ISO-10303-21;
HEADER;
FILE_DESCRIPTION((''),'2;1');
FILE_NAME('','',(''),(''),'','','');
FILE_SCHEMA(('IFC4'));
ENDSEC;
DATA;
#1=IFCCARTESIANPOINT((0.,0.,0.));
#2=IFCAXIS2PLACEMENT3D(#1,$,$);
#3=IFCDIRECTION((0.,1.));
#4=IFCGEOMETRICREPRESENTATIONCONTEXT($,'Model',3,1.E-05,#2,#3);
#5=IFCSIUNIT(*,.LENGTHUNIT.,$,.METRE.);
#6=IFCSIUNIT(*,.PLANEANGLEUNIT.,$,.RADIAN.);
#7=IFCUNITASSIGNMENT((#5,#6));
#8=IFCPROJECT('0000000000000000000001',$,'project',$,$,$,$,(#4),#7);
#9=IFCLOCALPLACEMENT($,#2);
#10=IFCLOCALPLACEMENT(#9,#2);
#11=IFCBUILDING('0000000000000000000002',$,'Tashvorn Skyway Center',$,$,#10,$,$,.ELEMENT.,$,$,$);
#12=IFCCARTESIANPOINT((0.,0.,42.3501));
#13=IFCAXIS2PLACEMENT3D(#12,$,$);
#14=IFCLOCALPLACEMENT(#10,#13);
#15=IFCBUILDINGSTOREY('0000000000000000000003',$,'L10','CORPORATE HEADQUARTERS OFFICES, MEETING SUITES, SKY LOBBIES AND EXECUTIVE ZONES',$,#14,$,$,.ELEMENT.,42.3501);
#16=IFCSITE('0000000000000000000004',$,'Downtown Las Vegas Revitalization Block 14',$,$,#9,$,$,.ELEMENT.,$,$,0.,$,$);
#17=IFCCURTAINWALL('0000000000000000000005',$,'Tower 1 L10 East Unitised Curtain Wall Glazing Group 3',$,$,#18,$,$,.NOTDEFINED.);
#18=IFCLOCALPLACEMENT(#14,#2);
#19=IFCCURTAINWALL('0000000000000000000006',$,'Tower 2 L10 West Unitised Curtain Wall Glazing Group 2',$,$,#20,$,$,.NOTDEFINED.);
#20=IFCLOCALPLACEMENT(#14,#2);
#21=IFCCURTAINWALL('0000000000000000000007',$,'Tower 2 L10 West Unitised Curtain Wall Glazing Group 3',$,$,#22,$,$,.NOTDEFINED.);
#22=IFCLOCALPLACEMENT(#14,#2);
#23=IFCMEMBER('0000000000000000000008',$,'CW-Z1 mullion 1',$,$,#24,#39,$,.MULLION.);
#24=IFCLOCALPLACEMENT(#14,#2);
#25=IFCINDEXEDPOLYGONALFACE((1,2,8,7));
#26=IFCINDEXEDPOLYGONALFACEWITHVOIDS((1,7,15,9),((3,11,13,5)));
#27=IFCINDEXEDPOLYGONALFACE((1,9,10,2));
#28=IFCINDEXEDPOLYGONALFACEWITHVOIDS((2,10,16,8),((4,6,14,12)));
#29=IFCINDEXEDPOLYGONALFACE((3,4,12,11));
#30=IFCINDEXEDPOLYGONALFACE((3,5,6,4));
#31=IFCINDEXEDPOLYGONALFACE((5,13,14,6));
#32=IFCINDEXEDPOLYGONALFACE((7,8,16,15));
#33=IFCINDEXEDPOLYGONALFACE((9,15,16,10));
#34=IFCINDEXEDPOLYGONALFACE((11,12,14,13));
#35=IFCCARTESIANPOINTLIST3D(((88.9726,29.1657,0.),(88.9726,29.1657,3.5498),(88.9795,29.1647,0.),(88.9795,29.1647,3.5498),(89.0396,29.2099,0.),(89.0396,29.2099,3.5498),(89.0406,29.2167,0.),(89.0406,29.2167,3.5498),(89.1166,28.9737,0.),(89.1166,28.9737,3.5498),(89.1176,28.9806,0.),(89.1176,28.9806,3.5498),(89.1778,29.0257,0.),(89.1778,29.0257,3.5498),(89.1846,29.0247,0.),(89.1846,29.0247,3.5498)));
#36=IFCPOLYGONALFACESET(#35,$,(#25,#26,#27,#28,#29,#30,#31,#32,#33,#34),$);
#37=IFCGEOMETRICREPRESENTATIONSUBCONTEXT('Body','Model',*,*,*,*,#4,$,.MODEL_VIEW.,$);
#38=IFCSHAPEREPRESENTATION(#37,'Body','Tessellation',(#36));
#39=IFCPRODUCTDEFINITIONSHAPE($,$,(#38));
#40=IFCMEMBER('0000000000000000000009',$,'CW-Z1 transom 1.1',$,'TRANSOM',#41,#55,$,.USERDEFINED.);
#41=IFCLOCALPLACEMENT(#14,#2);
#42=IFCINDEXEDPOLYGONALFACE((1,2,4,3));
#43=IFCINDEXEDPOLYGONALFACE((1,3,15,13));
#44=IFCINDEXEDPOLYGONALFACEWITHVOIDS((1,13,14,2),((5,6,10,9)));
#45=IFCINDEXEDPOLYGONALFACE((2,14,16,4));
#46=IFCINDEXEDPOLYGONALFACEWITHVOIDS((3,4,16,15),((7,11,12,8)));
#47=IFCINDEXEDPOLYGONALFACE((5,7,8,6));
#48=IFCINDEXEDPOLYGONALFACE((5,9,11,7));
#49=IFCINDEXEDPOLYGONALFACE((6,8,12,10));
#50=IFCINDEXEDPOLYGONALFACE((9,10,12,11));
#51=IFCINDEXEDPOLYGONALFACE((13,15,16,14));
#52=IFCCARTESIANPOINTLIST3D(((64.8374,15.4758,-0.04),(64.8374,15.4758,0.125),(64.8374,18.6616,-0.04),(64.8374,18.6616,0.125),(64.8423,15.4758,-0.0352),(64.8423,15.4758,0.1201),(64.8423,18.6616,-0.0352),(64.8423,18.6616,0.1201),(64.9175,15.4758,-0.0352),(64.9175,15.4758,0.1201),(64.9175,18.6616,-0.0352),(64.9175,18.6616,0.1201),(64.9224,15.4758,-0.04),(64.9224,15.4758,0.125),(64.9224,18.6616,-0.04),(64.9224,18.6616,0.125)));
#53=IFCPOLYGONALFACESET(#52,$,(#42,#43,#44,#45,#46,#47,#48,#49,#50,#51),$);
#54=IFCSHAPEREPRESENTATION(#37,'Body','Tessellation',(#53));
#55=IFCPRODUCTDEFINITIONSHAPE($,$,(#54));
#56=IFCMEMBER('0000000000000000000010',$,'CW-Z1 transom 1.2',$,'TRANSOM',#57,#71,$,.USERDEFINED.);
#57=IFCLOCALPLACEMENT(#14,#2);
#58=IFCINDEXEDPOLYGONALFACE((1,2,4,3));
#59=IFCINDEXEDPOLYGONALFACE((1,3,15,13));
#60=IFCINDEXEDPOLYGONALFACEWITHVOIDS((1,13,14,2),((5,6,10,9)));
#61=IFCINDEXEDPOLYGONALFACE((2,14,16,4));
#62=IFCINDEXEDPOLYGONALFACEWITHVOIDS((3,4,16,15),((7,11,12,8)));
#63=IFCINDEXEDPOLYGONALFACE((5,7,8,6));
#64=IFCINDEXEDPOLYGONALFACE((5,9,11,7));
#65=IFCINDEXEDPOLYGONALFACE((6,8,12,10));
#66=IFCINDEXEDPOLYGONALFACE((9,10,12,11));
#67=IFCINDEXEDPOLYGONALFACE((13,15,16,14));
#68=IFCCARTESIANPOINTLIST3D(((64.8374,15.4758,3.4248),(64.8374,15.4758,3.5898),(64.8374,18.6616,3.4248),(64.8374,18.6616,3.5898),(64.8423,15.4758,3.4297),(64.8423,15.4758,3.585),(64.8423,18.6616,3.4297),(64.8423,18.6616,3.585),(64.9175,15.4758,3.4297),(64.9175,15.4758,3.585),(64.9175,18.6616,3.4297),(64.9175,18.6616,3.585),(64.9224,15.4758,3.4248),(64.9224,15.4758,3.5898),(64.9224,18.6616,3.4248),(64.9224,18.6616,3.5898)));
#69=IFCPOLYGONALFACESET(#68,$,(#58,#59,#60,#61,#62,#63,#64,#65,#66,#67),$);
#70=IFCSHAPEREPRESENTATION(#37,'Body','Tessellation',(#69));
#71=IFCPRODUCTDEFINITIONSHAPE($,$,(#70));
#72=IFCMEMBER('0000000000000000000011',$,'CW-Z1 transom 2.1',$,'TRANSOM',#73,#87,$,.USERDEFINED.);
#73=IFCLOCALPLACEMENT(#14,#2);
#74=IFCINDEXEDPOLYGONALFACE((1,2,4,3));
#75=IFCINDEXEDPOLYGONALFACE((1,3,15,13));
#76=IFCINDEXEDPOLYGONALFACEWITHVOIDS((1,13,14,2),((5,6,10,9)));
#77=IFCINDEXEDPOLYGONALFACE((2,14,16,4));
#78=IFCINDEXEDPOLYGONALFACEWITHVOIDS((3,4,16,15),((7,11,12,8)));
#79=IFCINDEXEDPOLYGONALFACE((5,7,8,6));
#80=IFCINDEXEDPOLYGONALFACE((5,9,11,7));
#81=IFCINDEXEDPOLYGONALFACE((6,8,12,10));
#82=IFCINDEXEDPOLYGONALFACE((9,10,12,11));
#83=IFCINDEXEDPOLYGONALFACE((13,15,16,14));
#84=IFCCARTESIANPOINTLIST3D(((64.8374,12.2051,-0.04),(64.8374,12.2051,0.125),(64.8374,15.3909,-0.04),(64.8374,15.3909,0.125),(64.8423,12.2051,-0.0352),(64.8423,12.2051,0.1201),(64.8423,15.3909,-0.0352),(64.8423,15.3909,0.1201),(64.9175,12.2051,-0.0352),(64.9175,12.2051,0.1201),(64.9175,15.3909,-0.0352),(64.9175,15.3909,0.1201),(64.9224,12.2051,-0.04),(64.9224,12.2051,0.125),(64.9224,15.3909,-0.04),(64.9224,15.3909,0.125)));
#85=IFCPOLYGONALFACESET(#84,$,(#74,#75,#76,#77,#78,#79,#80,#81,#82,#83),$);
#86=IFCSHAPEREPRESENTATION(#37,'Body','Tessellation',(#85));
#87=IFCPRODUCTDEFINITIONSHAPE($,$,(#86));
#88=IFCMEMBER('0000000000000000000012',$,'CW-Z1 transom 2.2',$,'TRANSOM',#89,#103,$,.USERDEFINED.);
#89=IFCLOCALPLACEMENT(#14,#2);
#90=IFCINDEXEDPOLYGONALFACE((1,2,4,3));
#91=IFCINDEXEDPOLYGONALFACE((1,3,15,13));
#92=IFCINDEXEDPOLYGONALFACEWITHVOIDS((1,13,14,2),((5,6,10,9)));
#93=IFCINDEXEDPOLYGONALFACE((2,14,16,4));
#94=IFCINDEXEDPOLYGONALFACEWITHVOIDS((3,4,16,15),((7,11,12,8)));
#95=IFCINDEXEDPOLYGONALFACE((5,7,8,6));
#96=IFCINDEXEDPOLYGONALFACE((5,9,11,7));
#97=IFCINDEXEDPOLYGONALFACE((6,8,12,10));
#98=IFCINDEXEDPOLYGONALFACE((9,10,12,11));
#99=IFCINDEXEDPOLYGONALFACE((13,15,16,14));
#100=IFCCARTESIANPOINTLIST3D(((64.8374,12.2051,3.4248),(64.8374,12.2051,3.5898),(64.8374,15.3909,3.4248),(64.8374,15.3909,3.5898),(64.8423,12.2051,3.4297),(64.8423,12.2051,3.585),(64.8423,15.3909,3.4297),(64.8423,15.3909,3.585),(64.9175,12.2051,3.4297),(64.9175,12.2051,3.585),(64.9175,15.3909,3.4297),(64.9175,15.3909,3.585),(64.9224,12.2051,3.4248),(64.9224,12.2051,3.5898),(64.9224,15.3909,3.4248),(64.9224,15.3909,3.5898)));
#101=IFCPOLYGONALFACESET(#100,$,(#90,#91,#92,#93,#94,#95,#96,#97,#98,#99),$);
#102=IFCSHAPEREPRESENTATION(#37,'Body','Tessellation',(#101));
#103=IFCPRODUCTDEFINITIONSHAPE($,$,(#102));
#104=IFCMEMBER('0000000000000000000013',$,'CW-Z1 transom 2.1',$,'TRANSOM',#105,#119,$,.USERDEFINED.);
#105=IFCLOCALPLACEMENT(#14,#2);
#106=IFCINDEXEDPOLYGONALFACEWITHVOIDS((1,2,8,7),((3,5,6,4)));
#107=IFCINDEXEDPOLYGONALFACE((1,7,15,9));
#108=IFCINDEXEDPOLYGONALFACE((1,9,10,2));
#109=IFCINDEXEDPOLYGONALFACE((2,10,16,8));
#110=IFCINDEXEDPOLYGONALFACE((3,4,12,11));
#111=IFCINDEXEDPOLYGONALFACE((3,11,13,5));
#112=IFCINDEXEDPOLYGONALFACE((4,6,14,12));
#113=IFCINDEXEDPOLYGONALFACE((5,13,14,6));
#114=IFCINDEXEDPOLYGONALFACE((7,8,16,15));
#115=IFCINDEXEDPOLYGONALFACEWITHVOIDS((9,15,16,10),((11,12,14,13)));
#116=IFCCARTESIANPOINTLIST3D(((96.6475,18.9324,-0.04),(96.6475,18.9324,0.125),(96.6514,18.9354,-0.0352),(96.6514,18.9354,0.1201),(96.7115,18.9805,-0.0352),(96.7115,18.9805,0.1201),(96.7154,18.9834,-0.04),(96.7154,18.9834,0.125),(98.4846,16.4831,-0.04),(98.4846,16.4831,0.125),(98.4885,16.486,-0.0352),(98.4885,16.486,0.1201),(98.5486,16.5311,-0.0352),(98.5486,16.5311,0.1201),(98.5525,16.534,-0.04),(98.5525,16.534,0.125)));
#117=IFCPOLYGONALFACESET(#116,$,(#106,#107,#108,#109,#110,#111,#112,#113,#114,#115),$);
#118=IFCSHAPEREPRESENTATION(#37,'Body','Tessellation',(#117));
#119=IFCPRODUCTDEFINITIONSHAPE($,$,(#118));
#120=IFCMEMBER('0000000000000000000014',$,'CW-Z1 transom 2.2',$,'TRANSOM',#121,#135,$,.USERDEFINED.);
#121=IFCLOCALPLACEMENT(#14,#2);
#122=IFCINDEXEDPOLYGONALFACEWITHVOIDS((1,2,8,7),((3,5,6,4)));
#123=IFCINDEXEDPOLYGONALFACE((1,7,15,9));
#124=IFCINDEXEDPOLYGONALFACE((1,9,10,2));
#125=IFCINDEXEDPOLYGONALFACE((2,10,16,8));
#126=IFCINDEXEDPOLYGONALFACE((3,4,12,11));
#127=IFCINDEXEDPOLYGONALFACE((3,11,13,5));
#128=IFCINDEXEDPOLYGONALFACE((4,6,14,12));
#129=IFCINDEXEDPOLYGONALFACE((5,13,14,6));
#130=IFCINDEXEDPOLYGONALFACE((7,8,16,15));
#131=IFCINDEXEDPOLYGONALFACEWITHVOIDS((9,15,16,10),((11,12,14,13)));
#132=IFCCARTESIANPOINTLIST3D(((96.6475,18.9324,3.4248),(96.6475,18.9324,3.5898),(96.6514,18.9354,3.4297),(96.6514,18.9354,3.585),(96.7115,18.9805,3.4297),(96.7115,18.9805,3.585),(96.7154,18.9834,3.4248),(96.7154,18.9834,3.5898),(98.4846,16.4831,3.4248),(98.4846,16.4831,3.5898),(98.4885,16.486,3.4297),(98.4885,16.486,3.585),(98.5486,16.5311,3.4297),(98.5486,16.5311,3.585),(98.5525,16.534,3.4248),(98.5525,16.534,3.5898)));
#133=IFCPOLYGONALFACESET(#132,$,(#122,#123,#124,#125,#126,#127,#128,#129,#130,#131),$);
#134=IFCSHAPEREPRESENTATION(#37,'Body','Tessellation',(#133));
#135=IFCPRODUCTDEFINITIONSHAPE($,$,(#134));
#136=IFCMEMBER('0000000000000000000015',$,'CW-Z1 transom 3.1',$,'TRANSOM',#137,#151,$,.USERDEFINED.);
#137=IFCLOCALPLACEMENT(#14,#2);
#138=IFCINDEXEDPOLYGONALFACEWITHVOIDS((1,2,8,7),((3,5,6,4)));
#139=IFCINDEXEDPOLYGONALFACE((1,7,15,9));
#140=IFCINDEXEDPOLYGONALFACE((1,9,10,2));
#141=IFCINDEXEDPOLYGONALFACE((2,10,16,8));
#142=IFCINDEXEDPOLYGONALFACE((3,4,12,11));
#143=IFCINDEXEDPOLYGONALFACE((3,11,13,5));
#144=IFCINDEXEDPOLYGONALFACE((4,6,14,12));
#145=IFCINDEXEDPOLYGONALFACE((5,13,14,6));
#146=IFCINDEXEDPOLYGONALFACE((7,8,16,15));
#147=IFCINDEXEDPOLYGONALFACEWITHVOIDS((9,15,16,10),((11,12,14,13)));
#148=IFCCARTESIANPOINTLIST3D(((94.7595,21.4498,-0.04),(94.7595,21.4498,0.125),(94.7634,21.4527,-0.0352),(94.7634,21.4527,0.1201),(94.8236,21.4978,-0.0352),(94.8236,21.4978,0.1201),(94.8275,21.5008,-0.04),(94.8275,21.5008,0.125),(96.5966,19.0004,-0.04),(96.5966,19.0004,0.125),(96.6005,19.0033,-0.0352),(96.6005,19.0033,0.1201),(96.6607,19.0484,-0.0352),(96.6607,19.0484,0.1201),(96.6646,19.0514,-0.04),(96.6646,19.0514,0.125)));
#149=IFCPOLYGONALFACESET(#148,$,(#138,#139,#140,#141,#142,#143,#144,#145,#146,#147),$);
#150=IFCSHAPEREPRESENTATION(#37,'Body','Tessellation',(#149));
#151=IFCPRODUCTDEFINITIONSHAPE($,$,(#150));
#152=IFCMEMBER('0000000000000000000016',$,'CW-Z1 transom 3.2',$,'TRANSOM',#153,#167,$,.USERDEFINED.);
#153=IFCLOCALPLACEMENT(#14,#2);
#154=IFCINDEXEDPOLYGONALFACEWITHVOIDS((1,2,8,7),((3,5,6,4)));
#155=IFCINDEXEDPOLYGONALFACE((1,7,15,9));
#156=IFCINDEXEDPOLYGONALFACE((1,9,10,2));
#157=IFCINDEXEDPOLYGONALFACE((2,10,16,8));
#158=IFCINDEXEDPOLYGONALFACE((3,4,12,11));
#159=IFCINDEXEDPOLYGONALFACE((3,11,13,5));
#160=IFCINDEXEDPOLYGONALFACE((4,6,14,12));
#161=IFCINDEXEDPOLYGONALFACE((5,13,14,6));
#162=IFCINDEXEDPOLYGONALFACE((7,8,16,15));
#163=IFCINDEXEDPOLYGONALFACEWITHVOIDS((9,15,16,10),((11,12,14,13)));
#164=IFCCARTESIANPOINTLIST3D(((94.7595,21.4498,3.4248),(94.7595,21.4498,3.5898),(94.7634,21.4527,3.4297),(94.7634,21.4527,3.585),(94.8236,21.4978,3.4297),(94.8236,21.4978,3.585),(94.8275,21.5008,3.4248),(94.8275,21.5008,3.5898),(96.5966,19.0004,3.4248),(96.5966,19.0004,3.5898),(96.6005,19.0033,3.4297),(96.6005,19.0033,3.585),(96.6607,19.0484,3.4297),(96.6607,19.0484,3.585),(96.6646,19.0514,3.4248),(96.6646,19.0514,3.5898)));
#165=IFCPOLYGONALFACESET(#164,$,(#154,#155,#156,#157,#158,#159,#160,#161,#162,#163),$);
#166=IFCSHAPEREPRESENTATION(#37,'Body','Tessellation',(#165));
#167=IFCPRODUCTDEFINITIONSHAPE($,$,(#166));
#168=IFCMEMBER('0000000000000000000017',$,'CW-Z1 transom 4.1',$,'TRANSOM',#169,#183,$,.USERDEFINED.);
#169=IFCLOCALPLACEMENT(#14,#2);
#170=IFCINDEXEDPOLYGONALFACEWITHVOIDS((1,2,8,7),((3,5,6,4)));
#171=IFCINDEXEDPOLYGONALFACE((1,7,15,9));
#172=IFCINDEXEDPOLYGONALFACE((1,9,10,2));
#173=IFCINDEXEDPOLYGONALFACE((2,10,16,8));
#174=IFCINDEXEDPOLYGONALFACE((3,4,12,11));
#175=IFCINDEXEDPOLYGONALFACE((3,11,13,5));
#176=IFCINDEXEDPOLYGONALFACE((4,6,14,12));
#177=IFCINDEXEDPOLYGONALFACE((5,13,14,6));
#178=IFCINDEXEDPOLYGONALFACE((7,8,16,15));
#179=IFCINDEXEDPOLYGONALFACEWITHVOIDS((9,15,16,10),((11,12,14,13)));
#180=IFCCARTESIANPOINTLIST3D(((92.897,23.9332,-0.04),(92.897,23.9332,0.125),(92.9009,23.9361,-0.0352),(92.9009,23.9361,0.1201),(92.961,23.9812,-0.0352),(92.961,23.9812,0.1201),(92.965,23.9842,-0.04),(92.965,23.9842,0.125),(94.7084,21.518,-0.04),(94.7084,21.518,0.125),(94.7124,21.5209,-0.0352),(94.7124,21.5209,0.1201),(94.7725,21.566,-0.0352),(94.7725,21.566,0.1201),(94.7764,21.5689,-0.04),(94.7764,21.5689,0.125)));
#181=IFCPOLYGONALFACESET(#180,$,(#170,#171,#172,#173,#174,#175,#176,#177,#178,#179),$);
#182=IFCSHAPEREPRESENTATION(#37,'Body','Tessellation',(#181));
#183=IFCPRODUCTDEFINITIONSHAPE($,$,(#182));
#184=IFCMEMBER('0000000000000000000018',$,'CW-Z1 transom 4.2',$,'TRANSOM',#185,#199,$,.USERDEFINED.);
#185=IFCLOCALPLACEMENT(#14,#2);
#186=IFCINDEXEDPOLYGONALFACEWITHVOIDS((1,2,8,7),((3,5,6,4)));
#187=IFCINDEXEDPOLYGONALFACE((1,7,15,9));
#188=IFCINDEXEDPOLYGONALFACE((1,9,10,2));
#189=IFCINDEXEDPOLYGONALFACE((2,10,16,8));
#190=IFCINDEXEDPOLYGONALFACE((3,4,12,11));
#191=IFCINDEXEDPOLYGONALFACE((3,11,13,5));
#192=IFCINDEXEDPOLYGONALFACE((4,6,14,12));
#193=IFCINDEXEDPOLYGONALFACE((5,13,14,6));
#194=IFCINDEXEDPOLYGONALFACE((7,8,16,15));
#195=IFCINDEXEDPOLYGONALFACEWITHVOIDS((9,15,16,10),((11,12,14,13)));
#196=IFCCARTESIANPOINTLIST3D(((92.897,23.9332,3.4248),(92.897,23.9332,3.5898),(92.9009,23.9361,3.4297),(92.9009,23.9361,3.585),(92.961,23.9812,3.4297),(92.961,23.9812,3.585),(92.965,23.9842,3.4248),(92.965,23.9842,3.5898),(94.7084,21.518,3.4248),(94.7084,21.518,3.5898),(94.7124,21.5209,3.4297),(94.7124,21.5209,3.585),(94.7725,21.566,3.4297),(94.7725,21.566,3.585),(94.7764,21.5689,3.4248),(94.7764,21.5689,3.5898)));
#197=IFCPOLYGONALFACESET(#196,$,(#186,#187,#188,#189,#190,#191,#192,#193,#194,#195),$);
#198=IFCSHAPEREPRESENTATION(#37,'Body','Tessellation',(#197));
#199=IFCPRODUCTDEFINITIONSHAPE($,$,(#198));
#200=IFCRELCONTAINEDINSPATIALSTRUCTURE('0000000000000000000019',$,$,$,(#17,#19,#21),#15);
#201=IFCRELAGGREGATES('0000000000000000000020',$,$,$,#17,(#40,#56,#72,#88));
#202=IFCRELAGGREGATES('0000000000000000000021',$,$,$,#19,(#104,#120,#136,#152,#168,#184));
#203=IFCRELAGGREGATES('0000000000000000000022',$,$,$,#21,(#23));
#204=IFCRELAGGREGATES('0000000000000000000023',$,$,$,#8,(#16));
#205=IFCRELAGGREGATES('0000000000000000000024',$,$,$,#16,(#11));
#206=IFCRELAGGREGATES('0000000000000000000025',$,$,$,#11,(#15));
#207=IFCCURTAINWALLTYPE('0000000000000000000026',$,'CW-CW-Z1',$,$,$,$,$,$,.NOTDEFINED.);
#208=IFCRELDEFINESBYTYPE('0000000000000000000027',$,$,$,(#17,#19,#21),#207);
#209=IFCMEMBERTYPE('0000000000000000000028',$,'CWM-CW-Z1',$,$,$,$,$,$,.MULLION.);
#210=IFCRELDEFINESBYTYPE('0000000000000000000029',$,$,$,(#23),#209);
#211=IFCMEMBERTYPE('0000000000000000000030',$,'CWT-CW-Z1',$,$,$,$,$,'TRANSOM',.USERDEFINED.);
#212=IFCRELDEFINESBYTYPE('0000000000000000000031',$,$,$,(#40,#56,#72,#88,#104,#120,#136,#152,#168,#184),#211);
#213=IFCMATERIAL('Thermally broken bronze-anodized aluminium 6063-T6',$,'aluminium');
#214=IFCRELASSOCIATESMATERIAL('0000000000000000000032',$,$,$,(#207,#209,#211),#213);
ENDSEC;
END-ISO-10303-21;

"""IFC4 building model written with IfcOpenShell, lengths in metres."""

from ifc_helpers import new_model, si_unit, direction, frame, origin, origin_2d, place, context, subcontext, project, spatial, hollow_rectangle, extrude, material, material_profile, profile_set, type_object, element, aggregate, save


model = new_model("IFC4")

# Units and contexts
model_context = context("Model", 3, precision=1e-05, world=origin(), true_north=direction((0.0, 1.0)))
body_context = subcontext(model_context, "Body", "Model", "MODEL_VIEW")
ifc_project = project(units=[si_unit("LENGTHUNIT", "METRE"), si_unit("PLANEANGLEUNIT", "RADIAN")], contexts=[model_context])

# Site, building, storey
site_placement = place(None, origin())
site = spatial("IfcSite", under=ifc_project, at=site_placement, Name="Downtown Las Vegas Revitalization Block 14", CompositionType="ELEMENT", RefElevation=0.0)
building_placement = place(site_placement, origin())
building = spatial("IfcBuilding", under=site, at=building_placement, Name="Tashvorn Skyway Center", CompositionType="ELEMENT")
storey_placement = place(building_placement, frame((0.0, 0.0, 42.3501)))
storey = spatial("IfcBuildingStorey", under=building, at=storey_placement, Name="L10", Description="CORPORATE HEADQUARTERS OFFICES, MEETING SUITES, SKY LOBBIES AND EXECUTIVE ZONES", CompositionType="ELEMENT", Elevation=42.3501)

# Curtain walls
ifc_material_1 = material(Name="Thermally broken bronze-anodized aluminium 6063-T6", Category="aluminium")
curtain_wall_type = type_object("IfcCurtainWallType", Name="CW-CW-Z1", PredefinedType="NOTDEFINED", material=ifc_material_1)
curtain_wall_1_placement = place(storey_placement, origin())
curtain_wall_1 = element("IfcCurtainWall", 1, at=curtain_wall_1_placement, inside=storey, type_object=curtain_wall_type, Name="Tower 1 L10 East Unitised Curtain Wall Glazing Group 3", PredefinedType="NOTDEFINED")
ifc_material_profile_1 = material_profile(ifc_material_1, hollow_rectangle(XDim=0.085, YDim=0.24, WallThickness=0.0049, at=origin_2d()), Name="ALU-MULL-85x240")
ifc_profile_set_1 = profile_set([ifc_material_profile_1], Name="Thermally broken bronze-anodized aluminium 6063-T6")
member_type_1 = type_object("IfcMemberType", Name="CWM-CW-Z1", PredefinedType="MULLION", material=ifc_profile_set_1)
curtain_wall_2_placement = place(storey_placement, origin())
curtain_wall_2 = element("IfcCurtainWall", 2, at=curtain_wall_2_placement, inside=storey, type_object=curtain_wall_type, Name="Tower 2 L10 West Unitised Curtain Wall Glazing Group 2", PredefinedType="NOTDEFINED")

# Curtain wall, member
curtain_wall_3_placement = place(storey_placement, origin())
curtain_wall_3 = element("IfcCurtainWall", 3, at=curtain_wall_3_placement, inside=storey, type_object=curtain_wall_type, Name="Tower 2 L10 West Unitised Curtain Wall Glazing Group 3", PredefinedType="NOTDEFINED")
member_1_placement = place(storey_placement, frame((89.0786, 29.0952, 0.0), z_axis=(0.0, 0.0, 1.0), x_axis=(-0.800002, -0.599997, 0.0)))
member_1 = element("IfcMember", 4, at=member_1_placement, type_object=member_type_1, Name="CW-Z1 mullion 1", PredefinedType="MULLION", context=body_context, shape_type="SweptSolid", body=[
    extrude(hollow_rectangle(XDim=0.085, YDim=0.24, WallThickness=0.0049, at=origin_2d()), origin(), (0.0, 0.0, 1.0), 3.5498),
])

# Members
ifc_material_profile_2 = material_profile(ifc_material_1, hollow_rectangle(XDim=0.085, YDim=0.165, WallThickness=0.0049, at=origin_2d()), Name="ALU-TRAN-85x165")
ifc_profile_set_2 = profile_set([ifc_material_profile_2], Name="Thermally broken bronze-anodized aluminium 6063-T6")
member_type_2 = type_object("IfcMemberType", Name="CWT-CW-Z1", ElementType="TRANSOM", PredefinedType="USERDEFINED", material=ifc_profile_set_2)
member_2_placement = place(storey_placement, frame((64.8799, 18.6616, 0.0425), z_axis=(0.0, -1.0, 0.0), x_axis=(1.0, 0.0, 0.0)))
member_2 = element("IfcMember", 5, at=member_2_placement, type_object=member_type_2, Name="CW-Z1 transom 1.1", ObjectType="TRANSOM", PredefinedType="USERDEFINED", context=body_context, shape_type="SweptSolid", body=[
    extrude(hollow_rectangle(XDim=0.085, YDim=0.165, WallThickness=0.0049, at=origin_2d()), origin(), (0.0, 0.0, 1.0), 3.1858),
])
member_3_placement = place(storey_placement, frame((64.8799, 18.6616, 3.5073), z_axis=(0.0, -1.0, 0.0), x_axis=(1.0, 0.0, 0.0)))
member_3 = element("IfcMember", 6, at=member_3_placement, type_object=member_type_2, Name="CW-Z1 transom 1.2", ObjectType="TRANSOM", PredefinedType="USERDEFINED", context=body_context, shape_type="SweptSolid", body=[
    extrude(hollow_rectangle(XDim=0.085, YDim=0.165, WallThickness=0.0049, at=origin_2d()), origin(), (0.0, 0.0, 1.0), 3.1858),
])
member_4_placement = place(storey_placement, frame((64.8799, 15.3909, 0.0425), z_axis=(0.0, -1.0, 0.0), x_axis=(1.0, 0.0, 0.0)))
member_4 = element("IfcMember", 7, at=member_4_placement, type_object=member_type_2, Name="CW-Z1 transom 2.1", ObjectType="TRANSOM", PredefinedType="USERDEFINED", context=body_context, shape_type="SweptSolid", body=[
    extrude(hollow_rectangle(XDim=0.085, YDim=0.165, WallThickness=0.0049, at=origin_2d()), origin(), (0.0, 0.0, 1.0), 3.1858),
])
member_5_placement = place(storey_placement, frame((64.8799, 15.3909, 3.5073), z_axis=(0.0, -1.0, 0.0), x_axis=(1.0, 0.0, 0.0)))
member_5 = element("IfcMember", 8, at=member_5_placement, type_object=member_type_2, Name="CW-Z1 transom 2.2", ObjectType="TRANSOM", PredefinedType="USERDEFINED", context=body_context, shape_type="SweptSolid", body=[
    extrude(hollow_rectangle(XDim=0.085, YDim=0.165, WallThickness=0.0049, at=origin_2d()), origin(), (0.0, 0.0, 1.0), 3.1858),
])
member_6_placement = place(storey_placement, frame((98.5186, 16.5085, 0.0425), z_axis=(-0.600013, 0.79999, 0.0), x_axis=(-0.79999, -0.600013, 0.0)))
member_6 = element("IfcMember", 9, at=member_6_placement, type_object=member_type_2, Name="CW-Z1 transom 2.1", ObjectType="TRANSOM", PredefinedType="USERDEFINED", context=body_context, shape_type="SweptSolid", body=[
    extrude(hollow_rectangle(XDim=0.085, YDim=0.165, WallThickness=0.0049, at=origin_2d()), origin(), (0.0, 0.0, 1.0), 3.0618),
])
member_7_placement = place(storey_placement, frame((98.5186, 16.5085, 3.5073), z_axis=(-0.600013, 0.79999, 0.0), x_axis=(-0.79999, -0.600013, 0.0)))
member_7 = element("IfcMember", 10, at=member_7_placement, type_object=member_type_2, Name="CW-Z1 transom 2.2", ObjectType="TRANSOM", PredefinedType="USERDEFINED", context=body_context, shape_type="SweptSolid", body=[
    extrude(hollow_rectangle(XDim=0.085, YDim=0.165, WallThickness=0.0049, at=origin_2d()), origin(), (0.0, 0.0, 1.0), 3.0618),
])
member_8_placement = place(storey_placement, frame((96.6306, 19.0259, 0.0425), z_axis=(-0.600013, 0.79999, 0.0), x_axis=(-0.79999, -0.600013, 0.0)))
member_8 = element("IfcMember", 11, at=member_8_placement, type_object=member_type_2, Name="CW-Z1 transom 3.1", ObjectType="TRANSOM", PredefinedType="USERDEFINED", context=body_context, shape_type="SweptSolid", body=[
    extrude(hollow_rectangle(XDim=0.085, YDim=0.165, WallThickness=0.0049, at=origin_2d()), origin(), (0.0, 0.0, 1.0), 3.0618),
])
member_9_placement = place(storey_placement, frame((96.6306, 19.0259, 3.5073), z_axis=(-0.600013, 0.79999, 0.0), x_axis=(-0.79999, -0.600013, 0.0)))
member_9 = element("IfcMember", 12, at=member_9_placement, type_object=member_type_2, Name="CW-Z1 transom 3.2", ObjectType="TRANSOM", PredefinedType="USERDEFINED", context=body_context, shape_type="SweptSolid", body=[
    extrude(hollow_rectangle(XDim=0.085, YDim=0.165, WallThickness=0.0049, at=origin_2d()), origin(), (0.0, 0.0, 1.0), 3.0618),
])
member_10_placement = place(storey_placement, frame((94.7424, 21.5435, 0.0425), z_axis=(-0.600013, 0.79999, 0.0), x_axis=(-0.79999, -0.600013, 0.0)))
member_10 = element("IfcMember", 13, at=member_10_placement, type_object=member_type_2, Name="CW-Z1 transom 4.1", ObjectType="TRANSOM", PredefinedType="USERDEFINED", context=body_context, shape_type="SweptSolid", body=[
    extrude(hollow_rectangle(XDim=0.085, YDim=0.165, WallThickness=0.0049, at=origin_2d()), origin(), (0.0, 0.0, 1.0), 3.019),
])
member_11_placement = place(storey_placement, frame((94.7424, 21.5435, 3.5073), z_axis=(-0.600013, 0.79999, 0.0), x_axis=(-0.79999, -0.600013, 0.0)))
member_11 = element("IfcMember", 14, at=member_11_placement, type_object=member_type_2, Name="CW-Z1 transom 4.2", ObjectType="TRANSOM", PredefinedType="USERDEFINED", context=body_context, shape_type="SweptSolid", body=[
    extrude(hollow_rectangle(XDim=0.085, YDim=0.165, WallThickness=0.0049, at=origin_2d()), origin(), (0.0, 0.0, 1.0), 3.019),
])

aggregate(curtain_wall_1, [member_2, member_3, member_4, member_5])
aggregate(curtain_wall_2, [member_6, member_7, member_8, member_9, member_10, member_11])
aggregate(curtain_wall_3, [member_1])

save(model, "model.ifc")
